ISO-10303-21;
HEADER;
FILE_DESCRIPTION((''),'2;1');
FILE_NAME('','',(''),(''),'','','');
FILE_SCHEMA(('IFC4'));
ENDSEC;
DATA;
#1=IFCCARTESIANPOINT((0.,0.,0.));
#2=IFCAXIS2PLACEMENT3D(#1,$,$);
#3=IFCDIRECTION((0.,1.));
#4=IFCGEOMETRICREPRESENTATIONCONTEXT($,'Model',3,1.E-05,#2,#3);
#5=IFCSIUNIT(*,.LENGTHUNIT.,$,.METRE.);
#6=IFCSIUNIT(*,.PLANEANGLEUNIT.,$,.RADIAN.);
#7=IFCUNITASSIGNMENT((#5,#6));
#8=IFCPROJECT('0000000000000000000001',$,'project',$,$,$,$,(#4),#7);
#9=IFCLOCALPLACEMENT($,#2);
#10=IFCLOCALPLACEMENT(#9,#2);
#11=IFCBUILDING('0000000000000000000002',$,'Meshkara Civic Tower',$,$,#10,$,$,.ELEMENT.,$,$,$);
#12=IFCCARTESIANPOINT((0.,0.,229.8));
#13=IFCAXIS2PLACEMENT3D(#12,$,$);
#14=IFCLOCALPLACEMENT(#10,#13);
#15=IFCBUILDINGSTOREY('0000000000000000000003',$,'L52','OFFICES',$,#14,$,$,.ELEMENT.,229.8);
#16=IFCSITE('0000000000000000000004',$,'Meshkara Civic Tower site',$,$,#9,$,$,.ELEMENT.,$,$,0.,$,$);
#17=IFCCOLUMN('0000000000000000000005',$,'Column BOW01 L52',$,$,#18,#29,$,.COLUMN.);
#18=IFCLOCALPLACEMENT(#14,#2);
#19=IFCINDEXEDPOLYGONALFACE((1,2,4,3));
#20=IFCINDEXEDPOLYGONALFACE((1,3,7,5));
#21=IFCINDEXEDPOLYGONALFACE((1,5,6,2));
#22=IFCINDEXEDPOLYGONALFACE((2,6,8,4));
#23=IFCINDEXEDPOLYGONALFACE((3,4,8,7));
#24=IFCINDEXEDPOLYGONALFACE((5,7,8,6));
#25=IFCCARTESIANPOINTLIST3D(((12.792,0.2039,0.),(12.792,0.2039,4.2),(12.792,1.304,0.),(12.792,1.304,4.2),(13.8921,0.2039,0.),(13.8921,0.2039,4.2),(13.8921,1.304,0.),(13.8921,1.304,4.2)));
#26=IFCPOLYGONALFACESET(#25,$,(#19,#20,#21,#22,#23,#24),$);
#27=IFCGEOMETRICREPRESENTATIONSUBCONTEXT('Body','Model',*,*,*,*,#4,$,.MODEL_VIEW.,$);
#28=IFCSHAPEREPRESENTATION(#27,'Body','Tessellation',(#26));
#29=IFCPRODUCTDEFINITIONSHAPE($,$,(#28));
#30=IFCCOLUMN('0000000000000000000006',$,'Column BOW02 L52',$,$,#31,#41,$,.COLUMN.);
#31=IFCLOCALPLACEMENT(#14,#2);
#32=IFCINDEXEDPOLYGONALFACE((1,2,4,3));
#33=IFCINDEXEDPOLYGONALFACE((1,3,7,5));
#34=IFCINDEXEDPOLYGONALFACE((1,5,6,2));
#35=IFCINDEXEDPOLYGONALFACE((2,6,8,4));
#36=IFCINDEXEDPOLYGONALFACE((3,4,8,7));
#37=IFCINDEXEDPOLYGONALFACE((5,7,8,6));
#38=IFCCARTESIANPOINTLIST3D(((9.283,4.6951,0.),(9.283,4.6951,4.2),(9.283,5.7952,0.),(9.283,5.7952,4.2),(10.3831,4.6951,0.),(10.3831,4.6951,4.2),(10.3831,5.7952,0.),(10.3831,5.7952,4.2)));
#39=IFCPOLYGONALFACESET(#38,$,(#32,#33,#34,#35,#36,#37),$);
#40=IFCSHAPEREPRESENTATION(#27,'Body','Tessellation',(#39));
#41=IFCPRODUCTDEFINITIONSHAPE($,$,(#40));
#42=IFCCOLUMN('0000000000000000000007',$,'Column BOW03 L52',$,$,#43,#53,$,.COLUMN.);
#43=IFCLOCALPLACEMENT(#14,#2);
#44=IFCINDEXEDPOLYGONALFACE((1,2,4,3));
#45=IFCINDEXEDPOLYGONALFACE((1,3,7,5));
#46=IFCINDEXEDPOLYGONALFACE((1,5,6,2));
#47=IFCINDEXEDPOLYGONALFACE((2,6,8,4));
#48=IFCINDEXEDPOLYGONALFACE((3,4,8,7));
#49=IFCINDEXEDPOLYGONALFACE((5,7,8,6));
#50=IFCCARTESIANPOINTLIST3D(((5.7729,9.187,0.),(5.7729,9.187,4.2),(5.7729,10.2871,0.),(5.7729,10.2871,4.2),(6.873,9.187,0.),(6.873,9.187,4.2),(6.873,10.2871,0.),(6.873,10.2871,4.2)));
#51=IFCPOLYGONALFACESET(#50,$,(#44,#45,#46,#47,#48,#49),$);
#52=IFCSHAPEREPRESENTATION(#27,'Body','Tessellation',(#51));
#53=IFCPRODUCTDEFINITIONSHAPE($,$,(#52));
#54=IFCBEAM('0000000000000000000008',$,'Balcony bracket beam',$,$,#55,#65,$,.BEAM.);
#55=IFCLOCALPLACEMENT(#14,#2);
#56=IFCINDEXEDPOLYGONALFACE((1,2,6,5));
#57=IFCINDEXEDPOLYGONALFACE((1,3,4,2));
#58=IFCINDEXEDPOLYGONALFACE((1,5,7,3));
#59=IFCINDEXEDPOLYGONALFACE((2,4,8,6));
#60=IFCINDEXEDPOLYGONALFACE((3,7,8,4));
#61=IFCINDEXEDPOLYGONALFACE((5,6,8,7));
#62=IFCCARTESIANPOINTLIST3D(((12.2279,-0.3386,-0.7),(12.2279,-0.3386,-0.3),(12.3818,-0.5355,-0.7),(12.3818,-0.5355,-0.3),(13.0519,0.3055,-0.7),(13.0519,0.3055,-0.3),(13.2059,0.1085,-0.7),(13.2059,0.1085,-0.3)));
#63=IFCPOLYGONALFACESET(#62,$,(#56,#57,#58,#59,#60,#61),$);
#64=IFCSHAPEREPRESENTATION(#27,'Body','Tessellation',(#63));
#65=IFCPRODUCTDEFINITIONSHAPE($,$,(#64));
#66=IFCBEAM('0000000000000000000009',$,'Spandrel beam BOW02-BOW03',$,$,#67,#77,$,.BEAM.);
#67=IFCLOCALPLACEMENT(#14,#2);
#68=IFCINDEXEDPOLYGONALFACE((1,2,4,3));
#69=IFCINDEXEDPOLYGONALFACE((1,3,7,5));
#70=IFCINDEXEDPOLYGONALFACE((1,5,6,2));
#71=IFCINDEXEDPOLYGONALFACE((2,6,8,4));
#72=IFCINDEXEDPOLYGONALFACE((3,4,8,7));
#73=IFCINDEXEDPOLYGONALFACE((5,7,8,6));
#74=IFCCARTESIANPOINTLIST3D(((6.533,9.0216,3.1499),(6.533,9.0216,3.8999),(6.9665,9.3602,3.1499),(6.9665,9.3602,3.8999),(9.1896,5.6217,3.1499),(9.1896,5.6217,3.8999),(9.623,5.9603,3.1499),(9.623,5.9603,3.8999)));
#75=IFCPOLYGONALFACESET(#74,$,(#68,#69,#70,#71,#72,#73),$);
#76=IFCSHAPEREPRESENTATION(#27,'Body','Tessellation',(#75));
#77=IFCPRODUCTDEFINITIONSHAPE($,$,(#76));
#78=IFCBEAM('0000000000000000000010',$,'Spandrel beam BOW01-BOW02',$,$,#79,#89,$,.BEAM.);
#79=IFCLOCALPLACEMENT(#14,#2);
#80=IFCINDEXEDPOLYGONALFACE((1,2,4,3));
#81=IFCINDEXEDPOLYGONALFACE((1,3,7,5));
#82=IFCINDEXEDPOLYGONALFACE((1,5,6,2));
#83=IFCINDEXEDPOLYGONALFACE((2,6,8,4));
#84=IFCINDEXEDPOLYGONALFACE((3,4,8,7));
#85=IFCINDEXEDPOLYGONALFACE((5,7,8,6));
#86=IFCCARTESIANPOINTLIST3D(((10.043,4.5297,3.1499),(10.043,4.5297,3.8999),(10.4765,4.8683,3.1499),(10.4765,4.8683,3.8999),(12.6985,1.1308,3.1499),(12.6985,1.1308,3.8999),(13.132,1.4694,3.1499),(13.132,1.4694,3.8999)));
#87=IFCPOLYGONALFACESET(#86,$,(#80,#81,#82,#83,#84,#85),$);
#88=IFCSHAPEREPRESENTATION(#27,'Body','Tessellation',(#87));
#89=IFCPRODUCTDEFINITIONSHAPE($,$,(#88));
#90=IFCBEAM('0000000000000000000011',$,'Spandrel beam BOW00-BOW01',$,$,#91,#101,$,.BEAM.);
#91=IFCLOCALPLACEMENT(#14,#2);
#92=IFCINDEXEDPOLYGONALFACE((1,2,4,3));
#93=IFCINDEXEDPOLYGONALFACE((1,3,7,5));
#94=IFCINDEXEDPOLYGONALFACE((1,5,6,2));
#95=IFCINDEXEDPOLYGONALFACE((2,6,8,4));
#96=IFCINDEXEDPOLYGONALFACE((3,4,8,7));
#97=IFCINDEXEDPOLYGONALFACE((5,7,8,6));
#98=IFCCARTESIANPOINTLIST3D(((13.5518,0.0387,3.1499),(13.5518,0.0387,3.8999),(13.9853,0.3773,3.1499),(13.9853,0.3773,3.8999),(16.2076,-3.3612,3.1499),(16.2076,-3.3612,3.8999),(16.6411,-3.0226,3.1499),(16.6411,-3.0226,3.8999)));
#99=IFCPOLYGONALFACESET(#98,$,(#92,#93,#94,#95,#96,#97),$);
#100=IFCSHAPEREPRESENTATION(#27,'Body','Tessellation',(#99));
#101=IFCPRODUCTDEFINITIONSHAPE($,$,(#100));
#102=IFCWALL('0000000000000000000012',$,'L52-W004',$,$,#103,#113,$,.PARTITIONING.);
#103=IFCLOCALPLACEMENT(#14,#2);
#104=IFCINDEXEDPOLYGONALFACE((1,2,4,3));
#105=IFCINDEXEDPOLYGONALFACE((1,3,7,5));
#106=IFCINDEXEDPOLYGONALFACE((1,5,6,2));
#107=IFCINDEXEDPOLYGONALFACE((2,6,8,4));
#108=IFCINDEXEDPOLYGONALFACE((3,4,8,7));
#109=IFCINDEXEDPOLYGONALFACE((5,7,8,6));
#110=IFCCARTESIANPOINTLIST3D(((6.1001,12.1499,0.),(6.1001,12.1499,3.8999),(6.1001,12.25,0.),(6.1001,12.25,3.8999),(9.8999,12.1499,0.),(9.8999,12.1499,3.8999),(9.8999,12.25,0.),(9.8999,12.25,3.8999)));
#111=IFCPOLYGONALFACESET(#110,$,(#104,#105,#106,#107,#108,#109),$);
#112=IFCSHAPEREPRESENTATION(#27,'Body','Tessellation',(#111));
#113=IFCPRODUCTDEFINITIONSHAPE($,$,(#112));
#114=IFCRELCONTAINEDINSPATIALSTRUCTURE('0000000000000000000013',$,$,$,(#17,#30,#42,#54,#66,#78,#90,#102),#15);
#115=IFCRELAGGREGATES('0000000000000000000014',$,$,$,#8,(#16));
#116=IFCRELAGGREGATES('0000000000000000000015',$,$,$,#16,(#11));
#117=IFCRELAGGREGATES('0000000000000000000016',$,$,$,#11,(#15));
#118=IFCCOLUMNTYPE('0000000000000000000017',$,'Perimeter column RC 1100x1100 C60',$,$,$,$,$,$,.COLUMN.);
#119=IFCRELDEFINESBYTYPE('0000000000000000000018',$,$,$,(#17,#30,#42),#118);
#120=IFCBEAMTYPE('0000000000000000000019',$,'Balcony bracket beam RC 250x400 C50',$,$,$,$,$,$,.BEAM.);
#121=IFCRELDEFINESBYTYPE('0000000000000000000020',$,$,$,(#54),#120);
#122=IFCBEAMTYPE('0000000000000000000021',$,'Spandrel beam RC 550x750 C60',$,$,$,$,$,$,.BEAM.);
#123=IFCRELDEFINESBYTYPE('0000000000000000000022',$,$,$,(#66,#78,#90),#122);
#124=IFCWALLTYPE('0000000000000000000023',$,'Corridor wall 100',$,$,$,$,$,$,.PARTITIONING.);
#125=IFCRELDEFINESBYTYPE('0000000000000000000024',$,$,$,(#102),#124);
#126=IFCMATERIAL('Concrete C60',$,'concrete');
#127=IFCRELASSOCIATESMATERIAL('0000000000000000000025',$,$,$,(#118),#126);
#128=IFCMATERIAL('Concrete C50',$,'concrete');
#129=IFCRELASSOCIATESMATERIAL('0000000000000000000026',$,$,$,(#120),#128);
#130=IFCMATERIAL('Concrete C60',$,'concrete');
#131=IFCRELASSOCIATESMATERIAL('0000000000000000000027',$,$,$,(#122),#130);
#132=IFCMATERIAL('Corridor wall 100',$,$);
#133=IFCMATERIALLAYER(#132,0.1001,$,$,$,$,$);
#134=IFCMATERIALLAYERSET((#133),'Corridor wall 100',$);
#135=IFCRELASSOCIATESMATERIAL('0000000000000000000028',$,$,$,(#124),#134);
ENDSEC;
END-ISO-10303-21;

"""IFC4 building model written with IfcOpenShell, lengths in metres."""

from ifc_helpers import new_model, si_unit, direction, frame, frame_2d, origin, origin_2d, place, context, subcontext, project, spatial, rectangle, extrude, material, layer, layer_set, material_profile, profile_set, type_object, element, save


model = new_model("IFC4")

# Units and contexts
model_context = context("Model", 3, precision=1e-05, world=origin(), true_north=direction((0.0, 1.0)))
body_context = subcontext(model_context, "Body", "Model", "MODEL_VIEW")
ifc_project = project(units=[si_unit("LENGTHUNIT", "METRE"), si_unit("PLANEANGLEUNIT", "RADIAN")], contexts=[model_context])

# Site, building, storey
site_placement = place(None, origin())
site = spatial("IfcSite", under=ifc_project, at=site_placement, Name="Meshkara Civic Tower site", CompositionType="ELEMENT", RefElevation=0.0)
building_placement = place(site_placement, origin())
building = spatial("IfcBuilding", under=site, at=building_placement, Name="Meshkara Civic Tower", CompositionType="ELEMENT")
storey_placement = place(building_placement, frame((0.0, 0.0, 229.8)))
storey = spatial("IfcBuildingStorey", under=building, at=storey_placement, Name="L52", Description="OFFICES", CompositionType="ELEMENT", Elevation=229.8)

# Columns
ifc_material_1 = material(Name="Concrete C60", Category="concrete")
ifc_material_profile_1 = material_profile(ifc_material_1, rectangle(XDim=1.1001, YDim=1.1001, at=origin_2d()))
ifc_profile_set_1 = profile_set([ifc_material_profile_1], Name="Concrete C60")
column_type = type_object("IfcColumnType", Name="Perimeter column RC 1100x1100 C60", PredefinedType="COLUMN", material=ifc_profile_set_1)
for number, where, z_axis, x_axis, name in (
    (1, (13.342, 0.7539, 0.0), (0.0, 0.0, 1.0), (1.0, 0.0, 0.0), "Column BOW01 L52"),
    (2, (9.833, 5.2451, 0.0), (0.0, 0.0, 1.0), (1.0, 0.0, 0.0), "Column BOW02 L52"),
    (3, (6.323, 9.7371, 0.0), (0.0, 0.0, 1.0), (1.0, 0.0, 0.0), "Column BOW03 L52"),
):
    element("IfcColumn", number, at=place(storey_placement, frame(where, z_axis=z_axis, x_axis=x_axis)), inside=storey, type_object=column_type, Name=name, PredefinedType="COLUMN", context=body_context, shape_type="SweptSolid", body=[
        extrude(rectangle(XDim=1.1001, YDim=1.1001, at=origin_2d()), origin(), (0.0, 0.0, 1.0), 4.2),
    ])

# Beams
ifc_material_2 = material(Name="Concrete C50", Category="concrete")
ifc_material_profile_2 = material_profile(ifc_material_2, rectangle(XDim=0.25, YDim=0.3999, at=origin_2d()))
ifc_profile_set_2 = profile_set([ifc_material_profile_2], Name="Concrete C50")
beam_type_1 = type_object("IfcBeamType", Name="Balcony bracket beam RC 250x400 C50", PredefinedType="BEAM", material=ifc_profile_set_2)
beam_1_placement = place(storey_placement, frame((13.1289, 0.207, -0.5), z_axis=(-0.787879, -0.61583, 0.0), x_axis=(0.61583, -0.787879, 0.0)))
element("IfcBeam", 4, at=beam_1_placement, inside=storey, type_object=beam_type_1, Name="Balcony bracket beam", PredefinedType="BEAM", context=body_context, shape_type="SweptSolid", body=[
    extrude(rectangle(XDim=0.25, YDim=0.3999, at=origin_2d()), origin(), (0.0, 0.0, 1.0), 1.0459),
])
ifc_material_3 = material(Name="Concrete C60", Category="concrete")
ifc_material_profile_3 = material_profile(ifc_material_3, rectangle(XDim=0.55, YDim=0.75, at=origin_2d()))
ifc_profile_set_3 = profile_set([ifc_material_profile_3], Name="Concrete C60")
beam_type_2 = type_object("IfcBeamType", Name="Spandrel beam RC 550x750 C60", PredefinedType="BEAM", material=ifc_profile_set_3)
beam_2_placement = place(storey_placement, frame((6.7498, 9.1909, 3.5249), z_axis=(0.61569, -0.787988, 0.0), x_axis=(0.787988, 0.61569, 0.0)))
element("IfcBeam", 5, at=beam_2_placement, inside=storey, type_object=beam_type_2, Name="Spandrel beam BOW02-BOW03", PredefinedType="BEAM", context=body_context, shape_type="SweptSolid", body=[
    extrude(rectangle(XDim=0.55, YDim=0.75, at=origin_2d()), origin(), (0.0, 0.0, 1.0), 4.3147),
])
beam_3_placement = place(storey_placement, frame((10.2598, 4.699, 3.5249), z_axis=(0.615659, -0.788012, 0.0), x_axis=(0.788012, 0.615659, 0.0)))
element("IfcBeam", 6, at=beam_3_placement, inside=storey, type_object=beam_type_2, Name="Spandrel beam BOW01-BOW02", PredefinedType="BEAM", context=body_context, shape_type="SweptSolid", body=[
    extrude(rectangle(XDim=0.55, YDim=0.75, at=origin_2d()), origin(), (0.0, 0.0, 1.0), 4.3132),
])
beam_4_placement = place(storey_placement, frame((13.7686, 0.208, 3.5249), z_axis=(0.615585, -0.788071, 0.0), x_axis=(0.788071, 0.615585, 0.0)))
element("IfcBeam", 7, at=beam_4_placement, inside=storey, type_object=beam_type_2, Name="Spandrel beam BOW00-BOW01", PredefinedType="BEAM", context=body_context, shape_type="SweptSolid", body=[
    extrude(rectangle(XDim=0.55, YDim=0.75, at=origin_2d()), origin(), (0.0, 0.0, 1.0), 4.3142),
])

# Wall
ifc_material_4 = material(Name="Corridor wall 100")
ifc_layer_1 = layer(ifc_material_4, 0.1001)
ifc_layer_set_1 = layer_set([ifc_layer_1], Name="Corridor wall 100")
wall_type_1 = type_object("IfcWallType", Name="Corridor wall 100", PredefinedType="PARTITIONING", material=ifc_layer_set_1)
wall_1_placement = place(storey_placement, frame((6.1001, 12.2, 0.0), z_axis=(0.0, 0.0, 1.0), x_axis=(1.0, 0.0, 0.0)))
element("IfcWall", 8, at=wall_1_placement, inside=storey, type_object=wall_type_1, Name="L52-W004", PredefinedType="PARTITIONING", context=body_context, shape_type="SweptSolid", body=[
    extrude(rectangle(XDim=3.7998, YDim=0.1001, at=frame_2d((1.8999, 0.0))), origin(), (0.0, 0.0, 1.0), 3.8999),
])

save(model, "model.ifc")
